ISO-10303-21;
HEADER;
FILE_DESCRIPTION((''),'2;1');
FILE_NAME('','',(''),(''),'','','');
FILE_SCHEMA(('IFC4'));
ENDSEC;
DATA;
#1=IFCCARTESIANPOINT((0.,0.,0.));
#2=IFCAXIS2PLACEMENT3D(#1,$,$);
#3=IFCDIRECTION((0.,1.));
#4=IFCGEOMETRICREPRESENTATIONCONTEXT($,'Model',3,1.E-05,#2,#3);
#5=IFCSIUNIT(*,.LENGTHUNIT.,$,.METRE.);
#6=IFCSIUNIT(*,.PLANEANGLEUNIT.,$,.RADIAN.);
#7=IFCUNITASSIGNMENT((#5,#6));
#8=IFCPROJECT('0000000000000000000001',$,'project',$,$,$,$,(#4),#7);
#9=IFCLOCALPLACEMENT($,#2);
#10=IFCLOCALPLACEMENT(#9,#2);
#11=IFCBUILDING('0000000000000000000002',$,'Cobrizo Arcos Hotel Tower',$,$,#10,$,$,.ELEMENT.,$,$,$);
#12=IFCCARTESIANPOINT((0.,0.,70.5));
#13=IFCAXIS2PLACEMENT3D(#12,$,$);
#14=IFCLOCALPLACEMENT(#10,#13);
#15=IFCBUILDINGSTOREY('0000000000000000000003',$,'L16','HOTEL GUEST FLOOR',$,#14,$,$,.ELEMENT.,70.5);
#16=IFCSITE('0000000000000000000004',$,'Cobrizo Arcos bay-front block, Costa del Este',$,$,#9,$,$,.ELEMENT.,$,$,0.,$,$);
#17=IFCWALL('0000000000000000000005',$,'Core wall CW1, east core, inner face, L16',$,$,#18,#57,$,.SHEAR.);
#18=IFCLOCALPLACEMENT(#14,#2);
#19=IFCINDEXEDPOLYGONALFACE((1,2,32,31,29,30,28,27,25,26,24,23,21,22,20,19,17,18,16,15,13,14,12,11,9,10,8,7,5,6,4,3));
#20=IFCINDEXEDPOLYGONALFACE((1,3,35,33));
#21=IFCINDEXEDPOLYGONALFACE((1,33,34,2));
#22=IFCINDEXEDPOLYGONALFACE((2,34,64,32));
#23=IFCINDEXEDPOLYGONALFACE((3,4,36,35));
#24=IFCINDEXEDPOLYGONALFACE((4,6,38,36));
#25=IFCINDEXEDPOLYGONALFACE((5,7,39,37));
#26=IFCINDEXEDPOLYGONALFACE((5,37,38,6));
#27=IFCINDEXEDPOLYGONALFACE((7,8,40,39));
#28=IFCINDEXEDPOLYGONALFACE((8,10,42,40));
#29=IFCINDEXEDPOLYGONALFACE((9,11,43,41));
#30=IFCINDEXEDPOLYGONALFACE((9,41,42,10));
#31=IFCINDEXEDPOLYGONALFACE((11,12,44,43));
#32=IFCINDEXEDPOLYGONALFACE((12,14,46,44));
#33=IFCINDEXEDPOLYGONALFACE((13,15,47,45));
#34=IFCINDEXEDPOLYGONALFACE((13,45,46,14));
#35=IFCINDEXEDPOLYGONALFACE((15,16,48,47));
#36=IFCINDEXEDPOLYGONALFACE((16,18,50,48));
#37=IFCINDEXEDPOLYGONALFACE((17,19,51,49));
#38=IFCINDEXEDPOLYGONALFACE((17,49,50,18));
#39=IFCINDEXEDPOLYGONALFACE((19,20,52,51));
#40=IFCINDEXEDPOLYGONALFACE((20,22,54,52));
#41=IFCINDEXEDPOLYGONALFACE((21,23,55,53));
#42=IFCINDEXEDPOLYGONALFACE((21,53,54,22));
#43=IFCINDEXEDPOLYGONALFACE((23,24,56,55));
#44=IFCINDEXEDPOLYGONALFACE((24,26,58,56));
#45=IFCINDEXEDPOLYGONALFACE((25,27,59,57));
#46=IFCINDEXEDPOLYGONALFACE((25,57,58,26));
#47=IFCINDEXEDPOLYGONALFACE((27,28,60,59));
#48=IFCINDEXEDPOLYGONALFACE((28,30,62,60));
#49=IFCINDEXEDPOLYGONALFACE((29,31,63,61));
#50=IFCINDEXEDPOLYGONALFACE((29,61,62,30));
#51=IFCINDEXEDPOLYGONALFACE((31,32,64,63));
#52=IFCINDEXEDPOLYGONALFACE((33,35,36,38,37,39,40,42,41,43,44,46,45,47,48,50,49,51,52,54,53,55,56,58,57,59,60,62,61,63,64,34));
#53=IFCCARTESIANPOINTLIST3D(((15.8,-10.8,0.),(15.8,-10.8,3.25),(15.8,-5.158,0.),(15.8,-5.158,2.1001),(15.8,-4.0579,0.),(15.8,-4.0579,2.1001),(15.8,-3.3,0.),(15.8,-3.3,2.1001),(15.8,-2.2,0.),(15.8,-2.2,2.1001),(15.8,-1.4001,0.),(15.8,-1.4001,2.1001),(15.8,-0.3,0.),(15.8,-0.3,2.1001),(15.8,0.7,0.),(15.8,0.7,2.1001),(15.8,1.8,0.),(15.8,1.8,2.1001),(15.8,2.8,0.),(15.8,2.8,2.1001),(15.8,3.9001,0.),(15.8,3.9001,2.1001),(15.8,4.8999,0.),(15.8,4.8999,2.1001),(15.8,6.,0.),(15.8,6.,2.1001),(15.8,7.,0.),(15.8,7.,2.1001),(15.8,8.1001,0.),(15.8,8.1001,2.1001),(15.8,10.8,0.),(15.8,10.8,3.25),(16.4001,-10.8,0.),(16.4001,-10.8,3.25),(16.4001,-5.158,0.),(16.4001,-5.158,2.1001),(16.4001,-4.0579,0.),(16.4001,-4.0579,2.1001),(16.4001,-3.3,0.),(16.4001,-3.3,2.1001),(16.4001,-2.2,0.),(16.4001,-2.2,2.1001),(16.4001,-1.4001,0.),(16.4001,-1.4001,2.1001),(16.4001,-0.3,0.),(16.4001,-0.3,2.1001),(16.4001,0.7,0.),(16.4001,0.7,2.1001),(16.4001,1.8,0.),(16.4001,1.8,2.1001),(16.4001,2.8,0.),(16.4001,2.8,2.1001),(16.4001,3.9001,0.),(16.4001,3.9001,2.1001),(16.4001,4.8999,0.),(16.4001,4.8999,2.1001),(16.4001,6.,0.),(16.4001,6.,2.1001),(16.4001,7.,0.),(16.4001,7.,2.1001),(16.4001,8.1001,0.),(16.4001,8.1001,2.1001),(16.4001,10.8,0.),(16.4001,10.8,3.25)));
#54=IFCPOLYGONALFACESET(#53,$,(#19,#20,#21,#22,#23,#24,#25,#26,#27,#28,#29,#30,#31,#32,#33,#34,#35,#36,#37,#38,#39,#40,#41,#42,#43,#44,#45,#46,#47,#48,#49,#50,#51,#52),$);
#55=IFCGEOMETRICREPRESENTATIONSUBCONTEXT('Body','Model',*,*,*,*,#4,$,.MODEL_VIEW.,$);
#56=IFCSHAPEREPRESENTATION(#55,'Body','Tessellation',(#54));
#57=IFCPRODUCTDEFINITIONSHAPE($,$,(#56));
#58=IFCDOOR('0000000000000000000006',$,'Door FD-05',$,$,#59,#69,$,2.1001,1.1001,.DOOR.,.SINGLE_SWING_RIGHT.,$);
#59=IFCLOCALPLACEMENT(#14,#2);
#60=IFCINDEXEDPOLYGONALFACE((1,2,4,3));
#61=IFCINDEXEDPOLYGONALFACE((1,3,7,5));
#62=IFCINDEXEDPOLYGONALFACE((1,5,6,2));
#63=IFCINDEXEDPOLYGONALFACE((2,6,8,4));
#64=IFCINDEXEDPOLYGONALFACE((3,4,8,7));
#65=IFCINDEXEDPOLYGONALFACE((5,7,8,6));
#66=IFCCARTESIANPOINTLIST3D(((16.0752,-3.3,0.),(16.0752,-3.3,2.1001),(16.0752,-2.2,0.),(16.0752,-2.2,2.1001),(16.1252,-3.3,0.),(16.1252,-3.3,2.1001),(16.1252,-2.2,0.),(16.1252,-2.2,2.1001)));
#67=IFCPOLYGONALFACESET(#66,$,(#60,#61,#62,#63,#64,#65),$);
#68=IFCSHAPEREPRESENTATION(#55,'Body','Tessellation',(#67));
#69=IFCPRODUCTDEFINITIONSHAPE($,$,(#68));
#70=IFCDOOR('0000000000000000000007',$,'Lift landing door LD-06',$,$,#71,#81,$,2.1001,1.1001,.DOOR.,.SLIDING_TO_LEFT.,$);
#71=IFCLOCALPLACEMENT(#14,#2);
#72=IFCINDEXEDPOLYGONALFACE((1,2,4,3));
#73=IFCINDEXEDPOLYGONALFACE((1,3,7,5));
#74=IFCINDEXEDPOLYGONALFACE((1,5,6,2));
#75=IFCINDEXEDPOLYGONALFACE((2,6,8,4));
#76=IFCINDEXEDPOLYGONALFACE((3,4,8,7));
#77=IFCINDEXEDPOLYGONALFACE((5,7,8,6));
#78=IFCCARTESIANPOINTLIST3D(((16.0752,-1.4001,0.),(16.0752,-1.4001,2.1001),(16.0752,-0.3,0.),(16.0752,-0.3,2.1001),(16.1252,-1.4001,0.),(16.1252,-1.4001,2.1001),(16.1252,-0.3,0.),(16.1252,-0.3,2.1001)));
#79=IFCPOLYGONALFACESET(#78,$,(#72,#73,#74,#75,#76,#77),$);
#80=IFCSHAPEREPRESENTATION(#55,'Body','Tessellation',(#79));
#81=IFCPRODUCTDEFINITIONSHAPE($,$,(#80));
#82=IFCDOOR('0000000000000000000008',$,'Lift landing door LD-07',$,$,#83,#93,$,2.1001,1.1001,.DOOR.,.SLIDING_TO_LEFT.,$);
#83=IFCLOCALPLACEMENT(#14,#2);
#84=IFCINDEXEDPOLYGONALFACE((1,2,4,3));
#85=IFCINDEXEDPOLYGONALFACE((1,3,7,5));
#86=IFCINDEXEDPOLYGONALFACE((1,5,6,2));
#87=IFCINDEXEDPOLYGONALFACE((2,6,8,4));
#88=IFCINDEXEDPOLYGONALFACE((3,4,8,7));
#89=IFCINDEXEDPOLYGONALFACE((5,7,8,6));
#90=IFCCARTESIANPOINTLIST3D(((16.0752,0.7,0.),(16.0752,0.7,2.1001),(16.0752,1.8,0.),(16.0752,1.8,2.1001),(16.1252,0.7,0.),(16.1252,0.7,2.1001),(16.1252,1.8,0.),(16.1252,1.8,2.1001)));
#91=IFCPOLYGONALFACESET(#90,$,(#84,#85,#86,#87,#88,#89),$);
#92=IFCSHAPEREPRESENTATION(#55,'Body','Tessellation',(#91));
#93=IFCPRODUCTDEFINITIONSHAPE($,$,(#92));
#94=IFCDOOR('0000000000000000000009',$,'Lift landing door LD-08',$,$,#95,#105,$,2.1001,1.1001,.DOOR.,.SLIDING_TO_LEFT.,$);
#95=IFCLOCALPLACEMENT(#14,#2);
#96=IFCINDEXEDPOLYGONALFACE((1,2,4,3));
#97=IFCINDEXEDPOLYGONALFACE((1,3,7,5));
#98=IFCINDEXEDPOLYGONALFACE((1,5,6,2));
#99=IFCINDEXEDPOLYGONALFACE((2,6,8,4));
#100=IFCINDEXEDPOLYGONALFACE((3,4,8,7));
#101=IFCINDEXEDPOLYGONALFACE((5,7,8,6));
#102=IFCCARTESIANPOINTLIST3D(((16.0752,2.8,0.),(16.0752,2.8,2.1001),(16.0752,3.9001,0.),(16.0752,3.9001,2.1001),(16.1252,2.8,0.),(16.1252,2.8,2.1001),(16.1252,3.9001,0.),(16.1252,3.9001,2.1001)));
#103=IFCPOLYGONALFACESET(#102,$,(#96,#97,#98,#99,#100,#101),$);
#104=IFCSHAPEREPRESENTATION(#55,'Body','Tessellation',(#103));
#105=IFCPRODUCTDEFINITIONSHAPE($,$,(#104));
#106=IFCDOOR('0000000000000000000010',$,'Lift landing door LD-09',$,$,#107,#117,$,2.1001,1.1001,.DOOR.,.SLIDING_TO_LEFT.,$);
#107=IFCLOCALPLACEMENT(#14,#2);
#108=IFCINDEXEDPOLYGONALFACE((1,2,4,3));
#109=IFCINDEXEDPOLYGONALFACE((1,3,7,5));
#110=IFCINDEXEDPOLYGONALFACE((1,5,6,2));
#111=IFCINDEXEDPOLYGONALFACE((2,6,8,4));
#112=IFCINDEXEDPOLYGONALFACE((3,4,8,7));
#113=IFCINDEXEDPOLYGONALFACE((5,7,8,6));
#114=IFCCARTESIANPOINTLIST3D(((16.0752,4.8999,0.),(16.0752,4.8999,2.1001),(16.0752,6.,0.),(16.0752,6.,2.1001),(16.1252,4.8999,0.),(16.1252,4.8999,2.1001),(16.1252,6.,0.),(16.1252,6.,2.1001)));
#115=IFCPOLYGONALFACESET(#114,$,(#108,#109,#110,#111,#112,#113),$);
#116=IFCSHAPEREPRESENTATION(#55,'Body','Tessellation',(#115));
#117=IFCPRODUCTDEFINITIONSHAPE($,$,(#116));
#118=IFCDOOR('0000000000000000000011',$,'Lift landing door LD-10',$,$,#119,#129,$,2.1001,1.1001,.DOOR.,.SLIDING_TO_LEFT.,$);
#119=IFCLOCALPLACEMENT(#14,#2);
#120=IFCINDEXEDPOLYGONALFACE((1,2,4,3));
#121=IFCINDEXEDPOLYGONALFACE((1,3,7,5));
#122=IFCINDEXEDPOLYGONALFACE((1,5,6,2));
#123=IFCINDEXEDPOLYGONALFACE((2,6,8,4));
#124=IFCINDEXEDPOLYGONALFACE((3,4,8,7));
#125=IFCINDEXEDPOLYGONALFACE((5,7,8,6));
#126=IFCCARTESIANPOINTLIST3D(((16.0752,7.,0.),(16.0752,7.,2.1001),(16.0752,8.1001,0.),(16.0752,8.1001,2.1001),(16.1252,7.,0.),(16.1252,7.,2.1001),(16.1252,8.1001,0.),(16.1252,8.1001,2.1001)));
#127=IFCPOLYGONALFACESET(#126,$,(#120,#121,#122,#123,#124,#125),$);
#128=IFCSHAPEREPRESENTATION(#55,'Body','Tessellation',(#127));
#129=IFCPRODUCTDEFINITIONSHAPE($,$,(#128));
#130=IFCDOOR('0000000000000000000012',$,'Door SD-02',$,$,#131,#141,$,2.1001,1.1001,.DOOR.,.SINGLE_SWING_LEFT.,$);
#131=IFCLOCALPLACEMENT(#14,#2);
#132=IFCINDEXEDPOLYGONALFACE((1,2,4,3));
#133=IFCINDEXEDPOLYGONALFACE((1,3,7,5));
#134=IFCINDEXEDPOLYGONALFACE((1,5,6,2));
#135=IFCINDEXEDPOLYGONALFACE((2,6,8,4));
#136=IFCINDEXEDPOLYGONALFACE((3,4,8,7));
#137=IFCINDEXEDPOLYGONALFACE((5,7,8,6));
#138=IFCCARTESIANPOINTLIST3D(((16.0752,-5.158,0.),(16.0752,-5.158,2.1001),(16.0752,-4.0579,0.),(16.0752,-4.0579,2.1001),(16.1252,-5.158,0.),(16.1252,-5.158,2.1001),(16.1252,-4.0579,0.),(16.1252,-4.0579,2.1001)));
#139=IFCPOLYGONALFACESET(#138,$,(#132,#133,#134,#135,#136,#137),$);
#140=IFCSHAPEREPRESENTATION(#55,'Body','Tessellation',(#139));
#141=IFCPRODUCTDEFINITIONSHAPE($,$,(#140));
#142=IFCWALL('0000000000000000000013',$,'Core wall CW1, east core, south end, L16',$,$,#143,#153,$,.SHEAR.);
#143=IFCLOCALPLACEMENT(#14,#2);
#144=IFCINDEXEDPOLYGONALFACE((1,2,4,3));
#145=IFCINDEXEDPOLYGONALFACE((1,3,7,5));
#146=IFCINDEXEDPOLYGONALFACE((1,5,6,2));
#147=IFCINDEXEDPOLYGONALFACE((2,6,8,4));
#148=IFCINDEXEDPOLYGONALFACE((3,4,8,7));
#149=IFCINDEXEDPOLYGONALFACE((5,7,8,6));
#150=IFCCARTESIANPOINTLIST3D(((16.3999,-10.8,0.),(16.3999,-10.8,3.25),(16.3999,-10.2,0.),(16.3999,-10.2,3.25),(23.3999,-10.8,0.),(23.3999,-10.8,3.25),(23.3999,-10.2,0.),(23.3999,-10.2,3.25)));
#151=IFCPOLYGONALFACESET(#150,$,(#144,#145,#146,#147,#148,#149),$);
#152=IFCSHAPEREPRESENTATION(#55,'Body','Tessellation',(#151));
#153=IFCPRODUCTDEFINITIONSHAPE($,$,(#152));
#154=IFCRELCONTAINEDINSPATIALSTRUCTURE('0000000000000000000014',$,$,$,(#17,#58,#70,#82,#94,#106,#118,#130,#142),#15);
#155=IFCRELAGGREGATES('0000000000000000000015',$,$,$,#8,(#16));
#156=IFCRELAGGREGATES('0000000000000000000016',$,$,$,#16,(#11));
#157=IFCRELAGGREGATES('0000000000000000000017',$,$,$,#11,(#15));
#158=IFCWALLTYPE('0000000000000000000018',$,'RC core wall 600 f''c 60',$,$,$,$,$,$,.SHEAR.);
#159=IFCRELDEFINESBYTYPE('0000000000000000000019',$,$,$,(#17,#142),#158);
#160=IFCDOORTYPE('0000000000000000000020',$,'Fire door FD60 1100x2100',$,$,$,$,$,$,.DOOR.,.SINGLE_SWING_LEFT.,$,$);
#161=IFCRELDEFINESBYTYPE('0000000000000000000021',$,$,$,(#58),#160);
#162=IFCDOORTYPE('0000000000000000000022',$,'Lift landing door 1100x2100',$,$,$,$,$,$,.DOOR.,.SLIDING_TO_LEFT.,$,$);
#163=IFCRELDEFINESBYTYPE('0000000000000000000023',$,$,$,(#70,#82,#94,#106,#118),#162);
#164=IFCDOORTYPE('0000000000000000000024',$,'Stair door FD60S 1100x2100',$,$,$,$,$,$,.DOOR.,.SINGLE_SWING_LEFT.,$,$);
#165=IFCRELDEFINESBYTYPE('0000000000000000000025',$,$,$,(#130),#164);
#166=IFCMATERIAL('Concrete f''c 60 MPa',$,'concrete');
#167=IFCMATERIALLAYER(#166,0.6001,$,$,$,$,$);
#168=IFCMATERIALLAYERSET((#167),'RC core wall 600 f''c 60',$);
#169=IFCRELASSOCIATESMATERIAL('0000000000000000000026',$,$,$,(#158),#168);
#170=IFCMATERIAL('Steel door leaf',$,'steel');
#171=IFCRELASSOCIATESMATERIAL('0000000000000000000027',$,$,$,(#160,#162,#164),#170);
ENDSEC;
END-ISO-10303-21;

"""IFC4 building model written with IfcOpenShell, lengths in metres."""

from ifc_helpers import new_model, si_unit, direction, frame, frame_2d, origin, place, context, subcontext, project, spatial, rectangle, extrude, material, layer, layer_set, type_object, element, fill, save


model = new_model("IFC4")

# Units and contexts
model_context = context("Model", 3, precision=1e-05, world=origin(), true_north=direction((0.0, 1.0)))
body_context = subcontext(model_context, "Body", "Model", "MODEL_VIEW")
ifc_project = project(units=[si_unit("LENGTHUNIT", "METRE"), si_unit("PLANEANGLEUNIT", "RADIAN")], contexts=[model_context])

# Site, building, storey
site_placement = place(None, origin())
site = spatial("IfcSite", under=ifc_project, at=site_placement, Name="Cobrizo Arcos bay-front block, Costa del Este", CompositionType="ELEMENT", RefElevation=0.0)
building_placement = place(site_placement, origin())
building = spatial("IfcBuilding", under=site, at=building_placement, Name="Cobrizo Arcos Hotel Tower", CompositionType="ELEMENT")
storey_placement = place(building_placement, frame((0.0, 0.0, 70.5)))
storey = spatial("IfcBuildingStorey", under=building, at=storey_placement, Name="L16", Description="HOTEL GUEST FLOOR", CompositionType="ELEMENT", Elevation=70.5)

# Wall, openings, doors
ifc_material_1 = material(Name="Concrete f'c 60 MPa", Category="concrete")
ifc_layer_1 = layer(ifc_material_1, 0.6001)
ifc_layer_set_1 = layer_set([ifc_layer_1], Name="RC core wall 600 f'c 60")
wall_type_1 = type_object("IfcWallType", Name="RC core wall 600 f'c 60", PredefinedType="SHEAR", material=ifc_layer_set_1)
wall_1_placement = place(storey_placement, frame((16.1001, -10.8, 0.0), z_axis=(0.0, 0.0, 1.0), x_axis=(0.0, 1.0, 0.0)))
wall_1 = element("IfcWall", 1, at=wall_1_placement, inside=storey, type_object=wall_type_1, Name="Core wall CW1, east core, inner face, L16", PredefinedType="SHEAR", context=body_context, shape_type="SweptSolid", body=[
    extrude(rectangle(XDim=21.6001, YDim=0.6001, at=frame_2d((10.8, 0.0))), origin(), (0.0, 0.0, 1.0), 3.25),
])
opening_1_placement = place(wall_1_placement, frame((9.3999, 0.0, 0.0)))
opening_1 = element("IfcOpeningElement", 2, at=opening_1_placement, cuts=wall_1, PredefinedType="OPENING", context=body_context, shape_type="SweptSolid", body=[
    extrude(rectangle(XDim=1.1001, YDim=2.1001, at=frame_2d((0.55, 1.05))), frame((0.0, 0.312, 0.0), z_axis=(0.0, -1.0, 0.0), x_axis=(1.0, 0.0, 0.0)), (0.0, 0.0, 1.0), 0.624),
])
opening_2_placement = place(wall_1_placement, frame((11.5, 0.0, 0.0)))
opening_2 = element("IfcOpeningElement", 3, at=opening_2_placement, cuts=wall_1, PredefinedType="OPENING", context=body_context, shape_type="SweptSolid", body=[
    extrude(rectangle(XDim=1.1001, YDim=2.1001, at=frame_2d((0.55, 1.05))), frame((0.0, 0.312, 0.0), z_axis=(0.0, -1.0, 0.0), x_axis=(1.0, 0.0, 0.0)), (0.0, 0.0, 1.0), 0.624),
])
opening_3_placement = place(wall_1_placement, frame((13.6001, 0.0, 0.0)))
opening_3 = element("IfcOpeningElement", 4, at=opening_3_placement, cuts=wall_1, PredefinedType="OPENING", context=body_context, shape_type="SweptSolid", body=[
    extrude(rectangle(XDim=1.1001, YDim=2.1001, at=frame_2d((0.55, 1.05))), frame((0.0, 0.312, 0.0), z_axis=(0.0, -1.0, 0.0), x_axis=(1.0, 0.0, 0.0)), (0.0, 0.0, 1.0), 0.624),
])
opening_4_placement = place(wall_1_placement, frame((15.7, 0.0, 0.0)))
opening_4 = element("IfcOpeningElement", 5, at=opening_4_placement, cuts=wall_1, PredefinedType="OPENING", context=body_context, shape_type="SweptSolid", body=[
    extrude(rectangle(XDim=1.1001, YDim=2.1001, at=frame_2d((0.55, 1.05))), frame((0.0, 0.312, 0.0), z_axis=(0.0, -1.0, 0.0), x_axis=(1.0, 0.0, 0.0)), (0.0, 0.0, 1.0), 0.624),
])
opening_5_placement = place(wall_1_placement, frame((17.8, 0.0, 0.0)))
opening_5 = element("IfcOpeningElement", 6, at=opening_5_placement, cuts=wall_1, PredefinedType="OPENING", context=body_context, shape_type="SweptSolid", body=[
    extrude(rectangle(XDim=1.1001, YDim=2.1001, at=frame_2d((0.55, 1.05))), frame((0.0, 0.312, 0.0), z_axis=(0.0, -1.0, 0.0), x_axis=(1.0, 0.0, 0.0)), (0.0, 0.0, 1.0), 0.624),
])
opening_6_placement = place(wall_1_placement, frame((5.6421, 0.0, 0.0)))
opening_6 = element("IfcOpeningElement", 7, at=opening_6_placement, cuts=wall_1, PredefinedType="OPENING", context=body_context, shape_type="SweptSolid", body=[
    extrude(rectangle(XDim=1.1001, YDim=2.1001, at=frame_2d((0.55, 1.05))), frame((0.0, 0.312, 0.0), z_axis=(0.0, -1.0, 0.0), x_axis=(1.0, 0.0, 0.0)), (0.0, 0.0, 1.0), 0.624),
])
opening_7_placement = place(wall_1_placement, frame((7.5, 0.0, 0.0)))
opening_7 = element("IfcOpeningElement", 8, at=opening_7_placement, cuts=wall_1, PredefinedType="OPENING", context=body_context, shape_type="SweptSolid", body=[
    extrude(rectangle(XDim=1.1001, YDim=2.1001, at=frame_2d((0.55, 1.05))), frame((0.0, 0.312, 0.0), z_axis=(0.0, -1.0, 0.0), x_axis=(1.0, 0.0, 0.0)), (0.0, 0.0, 1.0), 0.624),
])
ifc_material_2 = material(Name="Steel door leaf", Category="steel")
door_type_1 = type_object("IfcDoorType", Name="Fire door FD60 1100x2100", OperationType="SINGLE_SWING_LEFT", PredefinedType="DOOR", material=ifc_material_2)
door_1_placement = place(opening_7_placement, origin())
door_1 = element("IfcDoor", 9, at=door_1_placement, inside=storey, type_object=door_type_1, Name="Door FD-05", OperationType="SINGLE_SWING_RIGHT", OverallHeight=2.1001, OverallWidth=1.1001, PredefinedType="DOOR", context=body_context, shape_type="SweptSolid", body=[
    extrude(rectangle(XDim=1.1001, YDim=2.1001, at=frame_2d((0.55, 1.05))), frame((0.0, 0.0249, 0.0), z_axis=(0.0, -1.0, 0.0), x_axis=(1.0, 0.0, 0.0)), (0.0, 0.0, 1.0), 0.05),
])
fill(opening_7, door_1)
door_type_2 = type_object("IfcDoorType", Name="Lift landing door 1100x2100", OperationType="SLIDING_TO_LEFT", PredefinedType="DOOR", material=ifc_material_2)
door_2_placement = place(opening_1_placement, origin())
door_2 = element("IfcDoor", 10, at=door_2_placement, inside=storey, type_object=door_type_2, Name="Lift landing door LD-06", OperationType="SLIDING_TO_LEFT", OverallHeight=2.1001, OverallWidth=1.1001, PredefinedType="DOOR", context=body_context, shape_type="SweptSolid", body=[
    extrude(rectangle(XDim=1.1001, YDim=2.1001, at=frame_2d((0.55, 1.05))), frame((0.0, 0.0249, 0.0), z_axis=(0.0, -1.0, 0.0), x_axis=(1.0, 0.0, 0.0)), (0.0, 0.0, 1.0), 0.05),
])
fill(opening_1, door_2)
door_3_placement = place(opening_2_placement, origin())
door_3 = element("IfcDoor", 11, at=door_3_placement, inside=storey, type_object=door_type_2, Name="Lift landing door LD-07", OperationType="SLIDING_TO_LEFT", OverallHeight=2.1001, OverallWidth=1.1001, PredefinedType="DOOR", context=body_context, shape_type="SweptSolid", body=[
    extrude(rectangle(XDim=1.1001, YDim=2.1001, at=frame_2d((0.55, 1.05))), frame((0.0, 0.0249, 0.0), z_axis=(0.0, -1.0, 0.0), x_axis=(1.0, 0.0, 0.0)), (0.0, 0.0, 1.0), 0.05),
])
fill(opening_2, door_3)
door_4_placement = place(opening_3_placement, origin())
door_4 = element("IfcDoor", 12, at=door_4_placement, inside=storey, type_object=door_type_2, Name="Lift landing door LD-08", OperationType="SLIDING_TO_LEFT", OverallHeight=2.1001, OverallWidth=1.1001, PredefinedType="DOOR", context=body_context, shape_type="SweptSolid", body=[
    extrude(rectangle(XDim=1.1001, YDim=2.1001, at=frame_2d((0.55, 1.05))), frame((0.0, 0.0249, 0.0), z_axis=(0.0, -1.0, 0.0), x_axis=(1.0, 0.0, 0.0)), (0.0, 0.0, 1.0), 0.05),
])
fill(opening_3, door_4)
door_5_placement = place(opening_4_placement, origin())
door_5 = element("IfcDoor", 13, at=door_5_placement, inside=storey, type_object=door_type_2, Name="Lift landing door LD-09", OperationType="SLIDING_TO_LEFT", OverallHeight=2.1001, OverallWidth=1.1001, PredefinedType="DOOR", context=body_context, shape_type="SweptSolid", body=[
    extrude(rectangle(XDim=1.1001, YDim=2.1001, at=frame_2d((0.55, 1.05))), frame((0.0, 0.0249, 0.0), z_axis=(0.0, -1.0, 0.0), x_axis=(1.0, 0.0, 0.0)), (0.0, 0.0, 1.0), 0.05),
])
fill(opening_4, door_5)
door_6_placement = place(opening_5_placement, origin())
door_6 = element("IfcDoor", 14, at=door_6_placement, inside=storey, type_object=door_type_2, Name="Lift landing door LD-10", OperationType="SLIDING_TO_LEFT", OverallHeight=2.1001, OverallWidth=1.1001, PredefinedType="DOOR", context=body_context, shape_type="SweptSolid", body=[
    extrude(rectangle(XDim=1.1001, YDim=2.1001, at=frame_2d((0.55, 1.05))), frame((0.0, 0.0249, 0.0), z_axis=(0.0, -1.0, 0.0), x_axis=(1.0, 0.0, 0.0)), (0.0, 0.0, 1.0), 0.05),
])
fill(opening_5, door_6)
door_type_3 = type_object("IfcDoorType", Name="Stair door FD60S 1100x2100", OperationType="SINGLE_SWING_LEFT", PredefinedType="DOOR", material=ifc_material_2)
door_7_placement = place(opening_6_placement, origin())
door_7 = element("IfcDoor", 15, at=door_7_placement, inside=storey, type_object=door_type_3, Name="Door SD-02", OperationType="SINGLE_SWING_LEFT", OverallHeight=2.1001, OverallWidth=1.1001, PredefinedType="DOOR", context=body_context, shape_type="SweptSolid", body=[
    extrude(rectangle(XDim=1.1001, YDim=2.1001, at=frame_2d((0.55, 1.05))), frame((0.0, 0.0249, 0.0), z_axis=(0.0, -1.0, 0.0), x_axis=(1.0, 0.0, 0.0)), (0.0, 0.0, 1.0), 0.05),
])
fill(opening_6, door_7)

# Wall
wall_2_placement = place(storey_placement, frame((16.3999, -10.5, 0.0), z_axis=(0.0, 0.0, 1.0), x_axis=(1.0, 0.0, 0.0)))
element("IfcWall", 16, at=wall_2_placement, inside=storey, type_object=wall_type_1, Name="Core wall CW1, east core, south end, L16", PredefinedType="SHEAR", context=body_context, shape_type="SweptSolid", body=[
    extrude(rectangle(XDim=7.0, YDim=0.6001, at=frame_2d((3.5, 0.0))), origin(), (0.0, 0.0, 1.0), 3.25),
])

save(model, "model.ifc")
